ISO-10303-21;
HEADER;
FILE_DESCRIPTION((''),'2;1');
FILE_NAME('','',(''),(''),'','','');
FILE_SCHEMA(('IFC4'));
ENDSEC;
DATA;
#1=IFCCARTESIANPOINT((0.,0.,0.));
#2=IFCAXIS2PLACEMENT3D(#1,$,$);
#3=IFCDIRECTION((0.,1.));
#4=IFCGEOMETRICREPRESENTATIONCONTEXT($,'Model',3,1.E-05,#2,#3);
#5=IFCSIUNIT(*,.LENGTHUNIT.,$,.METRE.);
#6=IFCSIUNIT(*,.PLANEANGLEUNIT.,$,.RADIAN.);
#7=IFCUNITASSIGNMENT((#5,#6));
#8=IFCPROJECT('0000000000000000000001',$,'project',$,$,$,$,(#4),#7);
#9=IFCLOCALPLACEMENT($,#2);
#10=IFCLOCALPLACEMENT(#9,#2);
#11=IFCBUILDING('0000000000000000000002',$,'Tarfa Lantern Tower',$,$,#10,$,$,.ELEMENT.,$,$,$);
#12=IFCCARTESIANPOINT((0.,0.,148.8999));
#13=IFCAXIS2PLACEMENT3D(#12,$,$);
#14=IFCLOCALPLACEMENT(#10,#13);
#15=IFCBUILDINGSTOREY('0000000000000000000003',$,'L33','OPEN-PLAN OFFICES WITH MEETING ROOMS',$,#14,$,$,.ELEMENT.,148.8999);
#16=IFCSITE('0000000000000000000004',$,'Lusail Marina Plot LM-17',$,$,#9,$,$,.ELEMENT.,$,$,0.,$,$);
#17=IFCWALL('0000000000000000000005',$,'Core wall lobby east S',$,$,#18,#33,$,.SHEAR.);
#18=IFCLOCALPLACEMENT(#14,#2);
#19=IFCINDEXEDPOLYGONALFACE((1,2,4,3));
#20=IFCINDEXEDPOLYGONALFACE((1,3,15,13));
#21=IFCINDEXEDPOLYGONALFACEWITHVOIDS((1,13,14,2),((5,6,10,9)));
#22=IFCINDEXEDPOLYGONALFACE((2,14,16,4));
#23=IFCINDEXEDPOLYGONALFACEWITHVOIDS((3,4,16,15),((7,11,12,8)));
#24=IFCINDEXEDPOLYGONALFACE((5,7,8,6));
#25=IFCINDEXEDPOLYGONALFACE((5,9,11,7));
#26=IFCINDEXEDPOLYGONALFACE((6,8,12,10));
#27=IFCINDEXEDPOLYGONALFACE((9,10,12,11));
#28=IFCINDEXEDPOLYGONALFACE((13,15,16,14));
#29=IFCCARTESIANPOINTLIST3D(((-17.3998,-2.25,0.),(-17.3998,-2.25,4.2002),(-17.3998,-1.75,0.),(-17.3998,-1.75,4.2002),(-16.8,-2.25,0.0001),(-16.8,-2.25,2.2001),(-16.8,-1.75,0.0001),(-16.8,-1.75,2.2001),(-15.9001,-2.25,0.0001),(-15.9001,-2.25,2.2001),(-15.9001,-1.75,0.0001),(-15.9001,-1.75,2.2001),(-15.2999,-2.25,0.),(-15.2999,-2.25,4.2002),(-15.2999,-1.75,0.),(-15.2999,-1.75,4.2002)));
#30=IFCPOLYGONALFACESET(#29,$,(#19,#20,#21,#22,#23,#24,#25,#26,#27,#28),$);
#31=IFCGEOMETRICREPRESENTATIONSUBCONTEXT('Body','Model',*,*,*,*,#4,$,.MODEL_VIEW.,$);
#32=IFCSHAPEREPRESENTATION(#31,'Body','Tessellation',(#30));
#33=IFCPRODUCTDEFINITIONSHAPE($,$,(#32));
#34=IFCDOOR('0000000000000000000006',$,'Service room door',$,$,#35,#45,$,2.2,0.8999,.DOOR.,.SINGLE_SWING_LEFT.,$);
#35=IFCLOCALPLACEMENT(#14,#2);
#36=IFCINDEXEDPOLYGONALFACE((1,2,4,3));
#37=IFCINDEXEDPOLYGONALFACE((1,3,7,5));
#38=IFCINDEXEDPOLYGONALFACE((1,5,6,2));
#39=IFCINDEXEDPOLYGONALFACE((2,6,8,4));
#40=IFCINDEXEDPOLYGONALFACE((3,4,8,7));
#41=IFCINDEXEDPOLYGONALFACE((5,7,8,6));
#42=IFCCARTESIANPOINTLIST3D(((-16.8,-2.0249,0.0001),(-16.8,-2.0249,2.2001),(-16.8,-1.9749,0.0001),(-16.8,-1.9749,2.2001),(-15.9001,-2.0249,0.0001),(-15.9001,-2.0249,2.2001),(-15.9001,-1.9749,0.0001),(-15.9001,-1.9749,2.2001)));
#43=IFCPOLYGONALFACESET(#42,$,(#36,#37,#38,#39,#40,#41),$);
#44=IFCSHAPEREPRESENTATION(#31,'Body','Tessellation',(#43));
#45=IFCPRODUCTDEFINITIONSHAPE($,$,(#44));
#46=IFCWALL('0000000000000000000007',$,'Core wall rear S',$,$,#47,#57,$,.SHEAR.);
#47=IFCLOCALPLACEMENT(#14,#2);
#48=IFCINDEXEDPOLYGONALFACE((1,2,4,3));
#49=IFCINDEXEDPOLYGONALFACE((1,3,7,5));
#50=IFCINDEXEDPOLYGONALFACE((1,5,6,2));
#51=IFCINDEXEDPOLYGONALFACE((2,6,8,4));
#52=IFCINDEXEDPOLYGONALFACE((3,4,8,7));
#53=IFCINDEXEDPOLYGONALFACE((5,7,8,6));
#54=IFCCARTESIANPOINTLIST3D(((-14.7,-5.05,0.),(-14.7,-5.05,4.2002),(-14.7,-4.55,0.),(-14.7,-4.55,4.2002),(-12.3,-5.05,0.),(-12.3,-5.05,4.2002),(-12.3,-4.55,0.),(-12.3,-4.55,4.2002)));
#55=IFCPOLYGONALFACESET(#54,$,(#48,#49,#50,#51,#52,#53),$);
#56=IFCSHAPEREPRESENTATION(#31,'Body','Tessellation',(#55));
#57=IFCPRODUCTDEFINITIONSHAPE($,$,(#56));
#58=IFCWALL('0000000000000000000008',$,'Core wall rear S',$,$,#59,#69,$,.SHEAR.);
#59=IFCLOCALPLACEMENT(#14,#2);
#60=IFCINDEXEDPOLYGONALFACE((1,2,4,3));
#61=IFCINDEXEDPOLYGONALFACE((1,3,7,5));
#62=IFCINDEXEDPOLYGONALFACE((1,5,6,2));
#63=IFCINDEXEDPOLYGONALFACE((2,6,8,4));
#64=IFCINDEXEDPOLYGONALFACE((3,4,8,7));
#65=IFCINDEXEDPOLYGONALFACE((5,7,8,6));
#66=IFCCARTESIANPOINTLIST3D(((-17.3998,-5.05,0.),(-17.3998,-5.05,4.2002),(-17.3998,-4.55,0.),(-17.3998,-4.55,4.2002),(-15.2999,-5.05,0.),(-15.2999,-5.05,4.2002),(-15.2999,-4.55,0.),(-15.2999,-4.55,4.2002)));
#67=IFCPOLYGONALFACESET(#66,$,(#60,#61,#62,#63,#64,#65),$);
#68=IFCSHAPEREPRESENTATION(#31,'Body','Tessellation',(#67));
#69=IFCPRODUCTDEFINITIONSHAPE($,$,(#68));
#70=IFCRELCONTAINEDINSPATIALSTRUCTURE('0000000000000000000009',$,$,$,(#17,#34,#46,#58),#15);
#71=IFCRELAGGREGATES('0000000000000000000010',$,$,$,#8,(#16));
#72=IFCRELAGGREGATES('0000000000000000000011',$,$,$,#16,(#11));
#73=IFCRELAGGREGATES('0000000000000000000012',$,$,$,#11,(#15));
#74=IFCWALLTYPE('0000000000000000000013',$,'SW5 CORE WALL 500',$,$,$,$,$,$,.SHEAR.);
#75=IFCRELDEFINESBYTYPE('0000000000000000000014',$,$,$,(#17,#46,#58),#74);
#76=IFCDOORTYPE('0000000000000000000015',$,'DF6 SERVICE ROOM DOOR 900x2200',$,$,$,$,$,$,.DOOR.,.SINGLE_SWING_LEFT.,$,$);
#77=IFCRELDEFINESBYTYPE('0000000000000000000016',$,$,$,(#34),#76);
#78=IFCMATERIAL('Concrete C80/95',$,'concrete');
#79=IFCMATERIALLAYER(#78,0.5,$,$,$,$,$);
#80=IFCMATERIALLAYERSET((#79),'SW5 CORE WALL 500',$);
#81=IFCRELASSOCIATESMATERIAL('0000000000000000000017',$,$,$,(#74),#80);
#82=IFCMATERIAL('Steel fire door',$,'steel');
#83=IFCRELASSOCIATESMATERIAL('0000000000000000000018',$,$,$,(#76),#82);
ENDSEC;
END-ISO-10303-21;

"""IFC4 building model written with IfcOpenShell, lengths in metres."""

from ifc_helpers import new_model, si_unit, direction, frame, frame_2d, origin, place, context, subcontext, project, spatial, rectangle, extrude, material, layer, layer_set, type_object, element, fill, save


model = new_model("IFC4")

# Units and contexts
model_context = context("Model", 3, precision=1e-05, world=origin(), true_north=direction((0.0, 1.0)))
body_context = subcontext(model_context, "Body", "Model", "MODEL_VIEW")
ifc_project = project(units=[si_unit("LENGTHUNIT", "METRE"), si_unit("PLANEANGLEUNIT", "RADIAN")], contexts=[model_context])

# Site, building, storey
site_placement = place(None, origin())
site = spatial("IfcSite", under=ifc_project, at=site_placement, Name="Lusail Marina Plot LM-17", CompositionType="ELEMENT", RefElevation=0.0)
building_placement = place(site_placement, origin())
building = spatial("IfcBuilding", under=site, at=building_placement, Name="Tarfa Lantern Tower", CompositionType="ELEMENT")
storey_placement = place(building_placement, frame((0.0, 0.0, 148.8999)))
storey = spatial("IfcBuildingStorey", under=building, at=storey_placement, Name="L33", Description="OPEN-PLAN OFFICES WITH MEETING ROOMS", CompositionType="ELEMENT", Elevation=148.8999)

# Shared definitions
ifc_material_1 = material(Name="Concrete C80/95", Category="concrete")
ifc_layer_1 = layer(ifc_material_1, 0.5)
ifc_layer_set_1 = layer_set([ifc_layer_1], Name="SW5 CORE WALL 500")
wall_type_1 = type_object("IfcWallType", Name="SW5 CORE WALL 500", PredefinedType="SHEAR", material=ifc_layer_set_1)

# Wall, opening, door
wall_1_placement = place(storey_placement, frame((-15.3, -2.0, 0.0), z_axis=(0.0, 0.0, 1.0), x_axis=(-1.0, 0.0, 0.0)))
wall_1 = element("IfcWall", 1, at=wall_1_placement, inside=storey, type_object=wall_type_1, Name="Core wall lobby east S", PredefinedType="SHEAR", context=body_context, shape_type="SweptSolid", body=[
    extrude(rectangle(XDim=2.0999, YDim=0.5, at=frame_2d((1.0498, 0.0))), origin(), (0.0, 0.0, 1.0), 4.2002),
])
opening_1_placement = place(wall_1_placement, frame((0.6001, 0.0, 0.0)))
opening_1 = element("IfcOpeningElement", 2, at=opening_1_placement, cuts=wall_1, PredefinedType="OPENING", context=body_context, shape_type="SweptSolid", body=[
    extrude(rectangle(XDim=0.8999, YDim=2.2, at=frame_2d((0.45, 1.1001))), frame((0.0, 0.26, 0.0), z_axis=(0.0, -1.0, 0.0), x_axis=(1.0, 0.0, 0.0)), (0.0, 0.0, 1.0), 0.52),
])
ifc_material_2 = material(Name="Steel fire door", Category="steel")
door_type_1 = type_object("IfcDoorType", Name="DF6 SERVICE ROOM DOOR 900x2200", OperationType="SINGLE_SWING_LEFT", PredefinedType="DOOR", material=ifc_material_2)
door_1_placement = place(opening_1_placement, origin())
door_1 = element("IfcDoor", 3, at=door_1_placement, inside=storey, type_object=door_type_1, Name="Service room door", OperationType="SINGLE_SWING_LEFT", OverallHeight=2.2, OverallWidth=0.8999, PredefinedType="DOOR", context=body_context, shape_type="SweptSolid", body=[
    extrude(rectangle(XDim=0.8999, YDim=2.2, at=frame_2d((0.45, 1.1001))), frame((0.0, 0.0249, 0.0), z_axis=(0.0, -1.0, 0.0), x_axis=(1.0, 0.0, 0.0)), (0.0, 0.0, 1.0), 0.05),
])
fill(opening_1, door_1)

# Walls
wall_2_placement = place(storey_placement, frame((-12.3, -4.8, 0.0), z_axis=(0.0, 0.0, 1.0), x_axis=(-1.0, 0.0, 0.0)))
element("IfcWall", 4, at=wall_2_placement, inside=storey, type_object=wall_type_1, Name="Core wall rear S", PredefinedType="SHEAR", context=body_context, shape_type="SweptSolid", body=[
    extrude(rectangle(XDim=2.3999, YDim=0.5, at=frame_2d((1.2, 0.0))), origin(), (0.0, 0.0, 1.0), 4.2002),
])
wall_3_placement = place(storey_placement, frame((-15.3, -4.8, 0.0), z_axis=(0.0, 0.0, 1.0), x_axis=(-1.0, 0.0, 0.0)))
element("IfcWall", 5, at=wall_3_placement, inside=storey, type_object=wall_type_1, Name="Core wall rear S", PredefinedType="SHEAR", context=body_context, shape_type="SweptSolid", body=[
    extrude(rectangle(XDim=2.0999, YDim=0.5, at=frame_2d((1.0498, 0.0))), origin(), (0.0, 0.0, 1.0), 4.2002),
])

save(model, "model.ifc")
